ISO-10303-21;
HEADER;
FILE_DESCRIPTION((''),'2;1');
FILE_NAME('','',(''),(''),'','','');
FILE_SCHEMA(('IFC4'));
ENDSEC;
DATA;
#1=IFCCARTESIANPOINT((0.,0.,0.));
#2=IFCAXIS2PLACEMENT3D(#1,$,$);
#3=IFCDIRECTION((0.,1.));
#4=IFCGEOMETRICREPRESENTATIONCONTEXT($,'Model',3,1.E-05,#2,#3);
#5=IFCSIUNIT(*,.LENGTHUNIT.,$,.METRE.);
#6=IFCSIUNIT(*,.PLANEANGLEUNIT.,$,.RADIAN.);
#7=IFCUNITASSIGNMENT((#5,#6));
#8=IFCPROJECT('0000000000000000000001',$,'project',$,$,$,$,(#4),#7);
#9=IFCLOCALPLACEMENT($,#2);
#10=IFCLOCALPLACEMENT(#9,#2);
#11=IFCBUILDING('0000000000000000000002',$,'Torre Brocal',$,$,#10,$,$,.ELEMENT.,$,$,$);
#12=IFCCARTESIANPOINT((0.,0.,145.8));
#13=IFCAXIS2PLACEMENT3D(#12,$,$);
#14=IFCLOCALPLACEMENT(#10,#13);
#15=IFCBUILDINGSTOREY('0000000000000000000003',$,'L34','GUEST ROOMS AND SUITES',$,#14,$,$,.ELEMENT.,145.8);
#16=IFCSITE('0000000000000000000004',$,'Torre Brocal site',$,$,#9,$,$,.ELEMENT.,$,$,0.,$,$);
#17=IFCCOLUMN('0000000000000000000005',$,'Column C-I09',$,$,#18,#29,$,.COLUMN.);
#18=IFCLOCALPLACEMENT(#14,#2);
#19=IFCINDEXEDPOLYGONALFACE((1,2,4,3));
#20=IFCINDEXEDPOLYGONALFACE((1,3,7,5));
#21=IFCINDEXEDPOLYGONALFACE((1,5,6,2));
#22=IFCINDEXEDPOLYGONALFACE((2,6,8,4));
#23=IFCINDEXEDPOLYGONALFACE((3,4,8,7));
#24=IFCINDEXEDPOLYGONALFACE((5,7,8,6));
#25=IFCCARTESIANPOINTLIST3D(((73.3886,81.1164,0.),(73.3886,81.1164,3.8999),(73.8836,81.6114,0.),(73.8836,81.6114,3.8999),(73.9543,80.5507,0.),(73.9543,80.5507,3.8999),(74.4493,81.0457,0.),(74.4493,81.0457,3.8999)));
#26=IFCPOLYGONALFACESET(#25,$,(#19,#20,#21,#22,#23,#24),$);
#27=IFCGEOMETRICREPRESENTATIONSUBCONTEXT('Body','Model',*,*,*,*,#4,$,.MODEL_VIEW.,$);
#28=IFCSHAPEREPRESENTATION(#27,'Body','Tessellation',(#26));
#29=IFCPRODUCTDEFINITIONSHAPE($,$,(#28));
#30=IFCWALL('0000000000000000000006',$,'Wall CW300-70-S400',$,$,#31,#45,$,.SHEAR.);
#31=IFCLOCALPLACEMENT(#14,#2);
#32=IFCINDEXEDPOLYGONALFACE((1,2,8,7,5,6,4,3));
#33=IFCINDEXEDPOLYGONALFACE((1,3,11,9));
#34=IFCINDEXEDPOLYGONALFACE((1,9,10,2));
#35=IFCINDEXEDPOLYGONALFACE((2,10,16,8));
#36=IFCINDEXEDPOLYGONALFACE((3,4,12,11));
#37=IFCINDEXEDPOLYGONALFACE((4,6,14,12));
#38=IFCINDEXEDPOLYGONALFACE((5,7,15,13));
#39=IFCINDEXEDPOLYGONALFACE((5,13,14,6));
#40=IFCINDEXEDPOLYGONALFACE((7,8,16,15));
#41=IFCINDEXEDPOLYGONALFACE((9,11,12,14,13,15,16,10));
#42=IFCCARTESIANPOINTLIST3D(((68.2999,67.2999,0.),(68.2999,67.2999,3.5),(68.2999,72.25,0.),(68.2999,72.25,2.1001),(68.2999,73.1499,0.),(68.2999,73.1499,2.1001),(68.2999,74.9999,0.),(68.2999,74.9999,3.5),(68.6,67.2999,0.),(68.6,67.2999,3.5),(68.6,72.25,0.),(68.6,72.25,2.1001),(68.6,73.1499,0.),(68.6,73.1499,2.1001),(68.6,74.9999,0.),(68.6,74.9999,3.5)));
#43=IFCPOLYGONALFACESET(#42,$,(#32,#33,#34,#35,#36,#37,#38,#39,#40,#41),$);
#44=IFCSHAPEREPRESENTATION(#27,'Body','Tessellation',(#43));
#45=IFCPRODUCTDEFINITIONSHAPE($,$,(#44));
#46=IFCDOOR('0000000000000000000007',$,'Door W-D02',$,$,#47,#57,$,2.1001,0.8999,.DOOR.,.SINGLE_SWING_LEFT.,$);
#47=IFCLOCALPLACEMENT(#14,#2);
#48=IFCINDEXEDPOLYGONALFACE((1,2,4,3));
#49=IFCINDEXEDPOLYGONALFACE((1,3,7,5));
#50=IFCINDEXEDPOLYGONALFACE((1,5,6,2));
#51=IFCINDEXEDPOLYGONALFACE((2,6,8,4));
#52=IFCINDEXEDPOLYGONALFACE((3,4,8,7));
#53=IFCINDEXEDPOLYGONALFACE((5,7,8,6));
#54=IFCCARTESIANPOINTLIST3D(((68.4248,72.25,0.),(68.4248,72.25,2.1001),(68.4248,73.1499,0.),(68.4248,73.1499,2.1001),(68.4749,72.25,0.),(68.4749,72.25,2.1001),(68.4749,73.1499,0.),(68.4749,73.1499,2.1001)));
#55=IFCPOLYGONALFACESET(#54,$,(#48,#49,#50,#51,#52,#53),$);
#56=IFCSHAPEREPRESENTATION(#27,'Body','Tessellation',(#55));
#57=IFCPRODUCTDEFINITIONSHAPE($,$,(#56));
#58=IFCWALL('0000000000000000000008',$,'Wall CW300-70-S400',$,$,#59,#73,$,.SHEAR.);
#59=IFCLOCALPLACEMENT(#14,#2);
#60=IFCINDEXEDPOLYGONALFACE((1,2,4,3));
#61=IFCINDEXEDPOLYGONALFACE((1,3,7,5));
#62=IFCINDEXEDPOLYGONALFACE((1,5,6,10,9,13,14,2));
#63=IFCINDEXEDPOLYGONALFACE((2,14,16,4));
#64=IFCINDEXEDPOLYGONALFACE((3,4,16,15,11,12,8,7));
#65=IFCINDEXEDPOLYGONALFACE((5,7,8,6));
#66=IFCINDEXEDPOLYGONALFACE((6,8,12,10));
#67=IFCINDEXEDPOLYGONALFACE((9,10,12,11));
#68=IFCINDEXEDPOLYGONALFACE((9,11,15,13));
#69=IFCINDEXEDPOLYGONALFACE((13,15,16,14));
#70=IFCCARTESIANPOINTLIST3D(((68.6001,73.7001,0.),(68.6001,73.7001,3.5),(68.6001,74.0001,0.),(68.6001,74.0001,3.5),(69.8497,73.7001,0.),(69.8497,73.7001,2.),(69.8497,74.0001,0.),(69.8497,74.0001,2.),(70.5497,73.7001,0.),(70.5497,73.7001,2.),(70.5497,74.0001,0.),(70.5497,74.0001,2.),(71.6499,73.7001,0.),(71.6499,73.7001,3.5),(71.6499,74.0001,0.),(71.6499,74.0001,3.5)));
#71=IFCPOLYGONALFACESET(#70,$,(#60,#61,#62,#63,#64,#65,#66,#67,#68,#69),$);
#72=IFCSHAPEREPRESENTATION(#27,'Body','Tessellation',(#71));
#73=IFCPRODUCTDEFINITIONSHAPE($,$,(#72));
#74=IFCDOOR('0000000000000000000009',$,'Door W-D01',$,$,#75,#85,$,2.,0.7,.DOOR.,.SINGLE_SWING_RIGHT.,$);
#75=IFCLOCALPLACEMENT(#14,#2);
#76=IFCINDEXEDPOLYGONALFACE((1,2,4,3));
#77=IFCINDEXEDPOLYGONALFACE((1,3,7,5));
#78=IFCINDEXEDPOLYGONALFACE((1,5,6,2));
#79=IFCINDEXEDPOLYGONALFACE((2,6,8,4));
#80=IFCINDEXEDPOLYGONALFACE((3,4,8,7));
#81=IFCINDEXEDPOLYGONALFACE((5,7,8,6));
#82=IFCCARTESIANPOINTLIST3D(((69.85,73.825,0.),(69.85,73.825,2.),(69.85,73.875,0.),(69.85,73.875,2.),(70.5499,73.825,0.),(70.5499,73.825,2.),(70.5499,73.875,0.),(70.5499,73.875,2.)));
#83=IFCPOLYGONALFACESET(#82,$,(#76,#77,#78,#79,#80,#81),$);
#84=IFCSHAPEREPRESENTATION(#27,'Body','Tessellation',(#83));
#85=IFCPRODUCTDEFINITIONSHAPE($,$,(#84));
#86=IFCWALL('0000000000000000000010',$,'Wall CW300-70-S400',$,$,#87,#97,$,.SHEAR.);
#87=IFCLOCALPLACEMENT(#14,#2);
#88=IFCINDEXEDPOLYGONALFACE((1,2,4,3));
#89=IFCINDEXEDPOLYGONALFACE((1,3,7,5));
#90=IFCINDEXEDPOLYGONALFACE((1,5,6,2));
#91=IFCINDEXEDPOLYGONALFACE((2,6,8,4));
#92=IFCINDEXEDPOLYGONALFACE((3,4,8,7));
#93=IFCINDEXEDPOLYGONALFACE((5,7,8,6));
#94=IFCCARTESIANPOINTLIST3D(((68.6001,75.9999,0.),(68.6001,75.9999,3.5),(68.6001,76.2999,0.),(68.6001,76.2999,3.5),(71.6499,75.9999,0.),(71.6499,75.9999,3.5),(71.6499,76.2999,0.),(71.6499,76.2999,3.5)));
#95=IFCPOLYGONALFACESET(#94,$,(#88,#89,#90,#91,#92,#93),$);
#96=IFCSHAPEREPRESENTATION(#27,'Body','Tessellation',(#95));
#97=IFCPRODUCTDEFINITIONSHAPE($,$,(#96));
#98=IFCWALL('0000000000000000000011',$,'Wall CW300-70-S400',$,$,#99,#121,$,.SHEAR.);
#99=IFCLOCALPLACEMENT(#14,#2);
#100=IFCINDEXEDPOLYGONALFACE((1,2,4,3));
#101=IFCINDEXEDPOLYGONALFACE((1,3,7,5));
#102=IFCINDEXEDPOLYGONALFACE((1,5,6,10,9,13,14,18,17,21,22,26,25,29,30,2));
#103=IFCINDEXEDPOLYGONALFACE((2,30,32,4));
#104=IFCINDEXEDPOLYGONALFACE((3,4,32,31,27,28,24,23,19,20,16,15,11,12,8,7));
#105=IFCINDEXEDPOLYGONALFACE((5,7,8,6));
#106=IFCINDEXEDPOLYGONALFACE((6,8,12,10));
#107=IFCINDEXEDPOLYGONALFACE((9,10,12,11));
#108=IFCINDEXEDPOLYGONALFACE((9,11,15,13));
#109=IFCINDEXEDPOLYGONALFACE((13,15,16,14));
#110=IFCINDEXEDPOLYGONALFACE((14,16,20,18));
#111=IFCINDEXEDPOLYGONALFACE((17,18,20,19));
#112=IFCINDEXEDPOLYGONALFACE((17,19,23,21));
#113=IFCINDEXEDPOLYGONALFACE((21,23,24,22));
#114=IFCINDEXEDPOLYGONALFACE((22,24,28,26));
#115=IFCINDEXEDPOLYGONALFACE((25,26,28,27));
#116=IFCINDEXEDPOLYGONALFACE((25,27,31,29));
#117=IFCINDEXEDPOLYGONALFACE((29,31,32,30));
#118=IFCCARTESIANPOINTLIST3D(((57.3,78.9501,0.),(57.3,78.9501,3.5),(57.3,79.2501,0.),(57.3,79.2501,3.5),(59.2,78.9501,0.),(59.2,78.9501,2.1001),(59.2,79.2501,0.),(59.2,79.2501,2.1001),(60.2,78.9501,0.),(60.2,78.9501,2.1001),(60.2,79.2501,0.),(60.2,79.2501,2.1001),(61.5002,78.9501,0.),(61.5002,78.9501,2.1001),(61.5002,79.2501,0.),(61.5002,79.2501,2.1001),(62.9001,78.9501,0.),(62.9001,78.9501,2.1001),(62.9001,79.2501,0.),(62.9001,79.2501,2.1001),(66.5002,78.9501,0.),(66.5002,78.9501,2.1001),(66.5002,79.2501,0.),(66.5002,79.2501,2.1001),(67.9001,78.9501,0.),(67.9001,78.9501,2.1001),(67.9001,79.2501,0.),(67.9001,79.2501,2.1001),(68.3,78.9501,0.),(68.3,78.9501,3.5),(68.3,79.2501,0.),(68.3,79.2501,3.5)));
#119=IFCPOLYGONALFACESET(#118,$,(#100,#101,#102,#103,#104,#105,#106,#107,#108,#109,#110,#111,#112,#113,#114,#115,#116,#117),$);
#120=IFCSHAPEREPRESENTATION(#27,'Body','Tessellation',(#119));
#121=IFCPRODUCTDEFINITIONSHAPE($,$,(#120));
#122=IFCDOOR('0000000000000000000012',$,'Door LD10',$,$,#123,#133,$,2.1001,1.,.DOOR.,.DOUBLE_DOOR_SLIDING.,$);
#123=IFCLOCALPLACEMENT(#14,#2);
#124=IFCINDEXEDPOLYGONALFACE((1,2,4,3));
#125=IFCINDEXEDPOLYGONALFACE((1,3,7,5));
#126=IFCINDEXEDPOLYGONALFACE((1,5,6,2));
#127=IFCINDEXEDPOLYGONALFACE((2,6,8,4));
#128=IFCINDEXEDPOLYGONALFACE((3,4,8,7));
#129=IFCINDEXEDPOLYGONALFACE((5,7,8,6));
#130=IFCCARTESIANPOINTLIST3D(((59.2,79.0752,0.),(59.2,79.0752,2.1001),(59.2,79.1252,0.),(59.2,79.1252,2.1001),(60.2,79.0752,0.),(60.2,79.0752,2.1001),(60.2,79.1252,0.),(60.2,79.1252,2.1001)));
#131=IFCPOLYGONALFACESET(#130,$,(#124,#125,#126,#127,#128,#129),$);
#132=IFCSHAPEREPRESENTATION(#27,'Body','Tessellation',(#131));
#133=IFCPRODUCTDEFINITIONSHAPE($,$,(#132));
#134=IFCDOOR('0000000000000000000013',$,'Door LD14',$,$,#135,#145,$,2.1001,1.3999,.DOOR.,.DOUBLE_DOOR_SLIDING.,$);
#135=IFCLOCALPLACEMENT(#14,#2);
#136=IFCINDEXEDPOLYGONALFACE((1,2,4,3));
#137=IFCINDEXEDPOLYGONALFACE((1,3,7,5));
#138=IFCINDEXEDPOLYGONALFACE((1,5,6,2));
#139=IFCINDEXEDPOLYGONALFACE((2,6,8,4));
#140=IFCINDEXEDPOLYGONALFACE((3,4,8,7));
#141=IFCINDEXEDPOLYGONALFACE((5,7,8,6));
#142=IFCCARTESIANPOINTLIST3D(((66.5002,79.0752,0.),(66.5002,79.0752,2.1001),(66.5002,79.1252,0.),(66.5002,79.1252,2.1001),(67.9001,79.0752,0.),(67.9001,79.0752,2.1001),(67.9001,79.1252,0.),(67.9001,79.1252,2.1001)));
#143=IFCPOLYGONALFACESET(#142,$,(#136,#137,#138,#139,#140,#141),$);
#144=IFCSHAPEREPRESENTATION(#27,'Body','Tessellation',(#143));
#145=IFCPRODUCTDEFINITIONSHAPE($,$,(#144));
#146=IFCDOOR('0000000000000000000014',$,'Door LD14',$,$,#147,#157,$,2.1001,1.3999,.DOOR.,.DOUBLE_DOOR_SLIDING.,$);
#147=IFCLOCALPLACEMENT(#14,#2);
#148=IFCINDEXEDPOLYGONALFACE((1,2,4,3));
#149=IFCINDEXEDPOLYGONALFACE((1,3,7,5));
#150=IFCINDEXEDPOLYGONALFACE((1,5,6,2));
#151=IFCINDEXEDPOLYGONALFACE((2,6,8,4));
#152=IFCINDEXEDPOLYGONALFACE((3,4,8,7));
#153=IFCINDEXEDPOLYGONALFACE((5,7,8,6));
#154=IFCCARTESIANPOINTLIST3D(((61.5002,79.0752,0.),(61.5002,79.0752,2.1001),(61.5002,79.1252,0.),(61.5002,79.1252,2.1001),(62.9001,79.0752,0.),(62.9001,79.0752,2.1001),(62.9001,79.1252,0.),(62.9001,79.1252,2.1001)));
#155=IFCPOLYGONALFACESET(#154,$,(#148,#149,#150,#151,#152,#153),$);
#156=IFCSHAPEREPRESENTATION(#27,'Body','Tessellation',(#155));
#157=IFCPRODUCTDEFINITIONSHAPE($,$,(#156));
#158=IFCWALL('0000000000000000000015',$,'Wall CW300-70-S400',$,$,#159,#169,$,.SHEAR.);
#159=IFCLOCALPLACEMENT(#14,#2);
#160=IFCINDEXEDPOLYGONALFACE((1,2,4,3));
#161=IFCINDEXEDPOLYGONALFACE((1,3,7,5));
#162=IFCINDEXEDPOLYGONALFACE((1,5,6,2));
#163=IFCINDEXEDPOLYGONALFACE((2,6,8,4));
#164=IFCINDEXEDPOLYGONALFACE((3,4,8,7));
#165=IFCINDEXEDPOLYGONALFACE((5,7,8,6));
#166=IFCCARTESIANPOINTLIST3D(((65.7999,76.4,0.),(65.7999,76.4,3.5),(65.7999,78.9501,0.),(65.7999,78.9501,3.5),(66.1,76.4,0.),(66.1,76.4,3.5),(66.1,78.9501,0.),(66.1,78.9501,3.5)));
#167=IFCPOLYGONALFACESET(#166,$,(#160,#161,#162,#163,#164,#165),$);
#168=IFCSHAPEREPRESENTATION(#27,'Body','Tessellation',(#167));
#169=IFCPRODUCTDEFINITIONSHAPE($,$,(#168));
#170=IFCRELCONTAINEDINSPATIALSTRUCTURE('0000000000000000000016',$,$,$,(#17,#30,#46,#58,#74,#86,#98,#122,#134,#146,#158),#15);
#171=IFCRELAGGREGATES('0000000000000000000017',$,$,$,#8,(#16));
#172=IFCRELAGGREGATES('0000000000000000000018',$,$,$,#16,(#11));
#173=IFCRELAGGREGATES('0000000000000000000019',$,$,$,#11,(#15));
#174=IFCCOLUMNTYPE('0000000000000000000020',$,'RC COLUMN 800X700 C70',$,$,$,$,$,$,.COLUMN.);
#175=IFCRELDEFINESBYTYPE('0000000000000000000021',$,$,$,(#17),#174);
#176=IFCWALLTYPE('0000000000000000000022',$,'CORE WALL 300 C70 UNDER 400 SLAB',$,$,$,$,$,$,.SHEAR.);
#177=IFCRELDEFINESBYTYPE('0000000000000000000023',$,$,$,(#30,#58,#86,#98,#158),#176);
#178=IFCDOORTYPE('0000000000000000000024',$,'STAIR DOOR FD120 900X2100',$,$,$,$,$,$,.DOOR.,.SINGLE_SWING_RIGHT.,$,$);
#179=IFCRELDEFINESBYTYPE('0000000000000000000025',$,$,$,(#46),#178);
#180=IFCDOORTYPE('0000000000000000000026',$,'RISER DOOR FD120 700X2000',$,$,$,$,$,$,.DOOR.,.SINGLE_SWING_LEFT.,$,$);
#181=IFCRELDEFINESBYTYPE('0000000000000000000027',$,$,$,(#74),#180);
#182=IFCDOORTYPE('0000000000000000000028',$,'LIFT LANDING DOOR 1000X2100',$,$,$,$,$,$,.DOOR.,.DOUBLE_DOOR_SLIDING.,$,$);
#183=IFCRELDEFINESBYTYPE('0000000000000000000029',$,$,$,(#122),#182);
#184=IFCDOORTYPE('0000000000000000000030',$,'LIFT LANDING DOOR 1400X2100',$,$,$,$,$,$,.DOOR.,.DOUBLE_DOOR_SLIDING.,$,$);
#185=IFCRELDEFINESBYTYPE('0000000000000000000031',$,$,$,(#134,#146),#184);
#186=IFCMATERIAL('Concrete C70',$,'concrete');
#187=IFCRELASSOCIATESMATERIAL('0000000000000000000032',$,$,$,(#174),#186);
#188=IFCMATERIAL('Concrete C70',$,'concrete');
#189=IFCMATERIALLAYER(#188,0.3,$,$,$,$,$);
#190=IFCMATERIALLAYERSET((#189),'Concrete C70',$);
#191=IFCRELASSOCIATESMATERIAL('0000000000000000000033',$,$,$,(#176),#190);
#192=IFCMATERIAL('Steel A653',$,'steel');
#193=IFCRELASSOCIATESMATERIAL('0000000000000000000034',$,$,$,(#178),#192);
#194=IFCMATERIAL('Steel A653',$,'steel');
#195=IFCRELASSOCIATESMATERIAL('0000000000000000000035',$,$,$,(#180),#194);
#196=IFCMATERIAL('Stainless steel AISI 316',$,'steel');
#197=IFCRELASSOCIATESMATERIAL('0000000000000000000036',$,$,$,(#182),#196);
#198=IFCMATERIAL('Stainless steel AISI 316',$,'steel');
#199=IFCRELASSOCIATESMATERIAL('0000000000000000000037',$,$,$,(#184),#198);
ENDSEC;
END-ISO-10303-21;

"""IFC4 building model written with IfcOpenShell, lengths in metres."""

from ifc_helpers import new_model, si_unit, direction, frame, frame_2d, origin, origin_2d, place, context, subcontext, project, spatial, rectangle, extrude, material, layer, layer_set, material_profile, profile_set, type_object, element, fill, save


model = new_model("IFC4")

# Units and contexts
model_context = context("Model", 3, precision=1e-05, world=origin(), true_north=direction((0.0, 1.0)))
body_context = subcontext(model_context, "Body", "Model", "MODEL_VIEW")
ifc_project = project(units=[si_unit("LENGTHUNIT", "METRE"), si_unit("PLANEANGLEUNIT", "RADIAN")], contexts=[model_context])

# Site, building, storey
site_placement = place(None, origin())
site = spatial("IfcSite", under=ifc_project, at=site_placement, Name="Torre Brocal site", CompositionType="ELEMENT", RefElevation=0.0)
building_placement = place(site_placement, origin())
building = spatial("IfcBuilding", under=site, at=building_placement, Name="Torre Brocal", CompositionType="ELEMENT")
storey_placement = place(building_placement, frame((0.0, 0.0, 145.8)))
storey = spatial("IfcBuildingStorey", under=building, at=storey_placement, Name="L34", Description="GUEST ROOMS AND SUITES", CompositionType="ELEMENT", Elevation=145.8)

# Column
ifc_material_1 = material(Name="Concrete C70", Category="concrete")
ifc_material_profile = material_profile(ifc_material_1, rectangle(XDim=0.8, YDim=0.7, at=origin_2d()), Name="RC 800X700")
ifc_profile_set = profile_set([ifc_material_profile], Name="Concrete C70")
column_type = type_object("IfcColumnType", Name="RC COLUMN 800X700 C70", PredefinedType="COLUMN", material=ifc_profile_set)
column_placement = place(storey_placement, frame((73.9189, 81.0811, 0.0), z_axis=(0.0, 0.0, 1.0), x_axis=(-0.707107, 0.707107, 0.0)))
element("IfcColumn", 1, at=column_placement, inside=storey, type_object=column_type, Name="Column C-I09", PredefinedType="COLUMN", context=body_context, shape_type="SweptSolid", body=[
    extrude(rectangle(XDim=0.8, YDim=0.7, at=origin_2d()), origin(), (0.0, 0.0, 1.0), 3.8999),
])

# Walls, openings, doors
ifc_material_2 = material(Name="Concrete C70", Category="concrete")
ifc_layer_1 = layer(ifc_material_2, 0.3)
ifc_layer_set_1 = layer_set([ifc_layer_1], Name="Concrete C70")
wall_type_1 = type_object("IfcWallType", Name="CORE WALL 300 C70 UNDER 400 SLAB", PredefinedType="SHEAR", material=ifc_layer_set_1)
wall_1_placement = place(storey_placement, frame((68.45, 75.0, 0.0), z_axis=(0.0, 0.0, 1.0), x_axis=(0.0, -1.0, 0.0)))
wall_1 = element("IfcWall", 2, at=wall_1_placement, inside=storey, type_object=wall_type_1, Name="Wall CW300-70-S400", PredefinedType="SHEAR", context=body_context, shape_type="SweptSolid", body=[
    extrude(rectangle(XDim=7.7, YDim=0.3, at=frame_2d((3.8501, 0.0))), origin(), (0.0, 0.0, 1.0), 3.5),
])
opening_1_placement = place(wall_1_placement, frame((1.8501, 0.0, 0.0)))
opening_1 = element("IfcOpeningElement", 3, at=opening_1_placement, cuts=wall_1, PredefinedType="OPENING", context=body_context, shape_type="SweptSolid", body=[
    extrude(rectangle(XDim=0.8999, YDim=2.1001, at=frame_2d((0.45, 1.05))), frame((0.0, 0.1599, 0.0), z_axis=(0.0, -1.0, 0.0), x_axis=(1.0, 0.0, 0.0)), (0.0, 0.0, 1.0), 0.3201),
])
ifc_material_3 = material(Name="Steel A653", Category="steel")
door_type_1 = type_object("IfcDoorType", Name="STAIR DOOR FD120 900X2100", OperationType="SINGLE_SWING_RIGHT", PredefinedType="DOOR", material=ifc_material_3)
door_1_placement = place(opening_1_placement, origin())
door_1 = element("IfcDoor", 4, at=door_1_placement, inside=storey, type_object=door_type_1, Name="Door W-D02", OperationType="SINGLE_SWING_LEFT", OverallHeight=2.1001, OverallWidth=0.8999, PredefinedType="DOOR", context=body_context, shape_type="SweptSolid", body=[
    extrude(rectangle(XDim=0.8999, YDim=2.1001, at=frame_2d((0.45, 1.05))), frame((0.0, 0.0249, 0.0), z_axis=(0.0, -1.0, 0.0), x_axis=(1.0, 0.0, 0.0)), (0.0, 0.0, 1.0), 0.05),
])
fill(opening_1, door_1)
wall_2_placement = place(storey_placement, frame((71.6499, 73.8501, 0.0), z_axis=(0.0, 0.0, 1.0), x_axis=(-1.0, 0.0, 0.0)))
wall_2 = element("IfcWall", 5, at=wall_2_placement, inside=storey, type_object=wall_type_1, Name="Wall CW300-70-S400", PredefinedType="SHEAR", context=body_context, shape_type="SweptSolid", body=[
    extrude(rectangle(XDim=3.0498, YDim=0.3, at=frame_2d((1.5249, 0.0))), origin(), (0.0, 0.0, 1.0), 3.5),
])
opening_2_placement = place(wall_2_placement, frame((1.1001, 0.0, 0.0)))
opening_2 = element("IfcOpeningElement", 6, at=opening_2_placement, cuts=wall_2, PredefinedType="OPENING", context=body_context, shape_type="SweptSolid", body=[
    extrude(rectangle(XDim=0.7, YDim=2.0, at=frame_2d((0.3501, 1.0))), frame((0.0, 0.1599, 0.0), z_axis=(0.0, -1.0, 0.0), x_axis=(1.0, 0.0, 0.0)), (0.0, 0.0, 1.0), 0.3201),
])
ifc_material_4 = material(Name="Steel A653", Category="steel")
door_type_2 = type_object("IfcDoorType", Name="RISER DOOR FD120 700X2000", OperationType="SINGLE_SWING_LEFT", PredefinedType="DOOR", material=ifc_material_4)
door_2_placement = place(opening_2_placement, frame((0.7, 0.0, 0.0), z_axis=(0.0, 0.0, 1.0), x_axis=(-1.0, 0.0, 0.0)))
door_2 = element("IfcDoor", 7, at=door_2_placement, inside=storey, type_object=door_type_2, Name="Door W-D01", OperationType="SINGLE_SWING_RIGHT", OverallHeight=2.0, OverallWidth=0.7, PredefinedType="DOOR", context=body_context, shape_type="SweptSolid", body=[
    extrude(rectangle(XDim=0.7, YDim=2.0, at=frame_2d((0.3501, 1.0))), frame((0.0, 0.0249, 0.0), z_axis=(0.0, -1.0, 0.0), x_axis=(1.0, 0.0, 0.0)), (0.0, 0.0, 1.0), 0.05),
])
fill(opening_2, door_2)

# Wall
wall_3_placement = place(storey_placement, frame((71.6499, 76.1499, 0.0), z_axis=(0.0, 0.0, 1.0), x_axis=(-1.0, 0.0, 0.0)))
element("IfcWall", 8, at=wall_3_placement, inside=storey, type_object=wall_type_1, Name="Wall CW300-70-S400", PredefinedType="SHEAR", context=body_context, shape_type="SweptSolid", body=[
    extrude(rectangle(XDim=3.0498, YDim=0.3, at=frame_2d((1.5249, 0.0))), origin(), (0.0, 0.0, 1.0), 3.5),
])

# Wall, openings, doors
wall_4_placement = place(storey_placement, frame((68.3, 79.1001, 0.0), z_axis=(0.0, 0.0, 1.0), x_axis=(-1.0, 0.0, 0.0)))
wall_4 = element("IfcWall", 9, at=wall_4_placement, inside=storey, type_object=wall_type_1, Name="Wall CW300-70-S400", PredefinedType="SHEAR", context=body_context, shape_type="SweptSolid", body=[
    extrude(rectangle(XDim=11.0, YDim=0.3, at=frame_2d((5.5, 0.0))), origin(), (0.0, 0.0, 1.0), 3.5),
])
opening_3_placement = place(wall_4_placement, frame((0.3999, 0.0, 0.0)))
opening_3 = element("IfcOpeningElement", 10, at=opening_3_placement, cuts=wall_4, PredefinedType="OPENING", context=body_context, shape_type="SweptSolid", body=[
    extrude(rectangle(XDim=1.3999, YDim=2.1001, at=frame_2d((0.7, 1.05))), frame((0.0, 0.1599, 0.0), z_axis=(0.0, -1.0, 0.0), x_axis=(1.0, 0.0, 0.0)), (0.0, 0.0, 1.0), 0.3201),
])
opening_4_placement = place(wall_4_placement, frame((5.3999, 0.0, 0.0)))
opening_4 = element("IfcOpeningElement", 11, at=opening_4_placement, cuts=wall_4, PredefinedType="OPENING", context=body_context, shape_type="SweptSolid", body=[
    extrude(rectangle(XDim=1.3999, YDim=2.1001, at=frame_2d((0.7, 1.05))), frame((0.0, 0.1599, 0.0), z_axis=(0.0, -1.0, 0.0), x_axis=(1.0, 0.0, 0.0)), (0.0, 0.0, 1.0), 0.3201),
])
opening_5_placement = place(wall_4_placement, frame((8.1001, 0.0, 0.0)))
opening_5 = element("IfcOpeningElement", 12, at=opening_5_placement, cuts=wall_4, PredefinedType="OPENING", context=body_context, shape_type="SweptSolid", body=[
    extrude(rectangle(XDim=1.0, YDim=2.1001, at=frame_2d((0.5, 1.05))), frame((0.0, 0.1599, 0.0), z_axis=(0.0, -1.0, 0.0), x_axis=(1.0, 0.0, 0.0)), (0.0, 0.0, 1.0), 0.3201),
])
ifc_material_5 = material(Name="Stainless steel AISI 316", Category="steel")
door_type_3 = type_object("IfcDoorType", Name="LIFT LANDING DOOR 1000X2100", OperationType="DOUBLE_DOOR_SLIDING", PredefinedType="DOOR", material=ifc_material_5)
door_3_placement = place(opening_5_placement, origin())
door_3 = element("IfcDoor", 13, at=door_3_placement, inside=storey, type_object=door_type_3, Name="Door LD10", OperationType="DOUBLE_DOOR_SLIDING", OverallHeight=2.1001, OverallWidth=1.0, PredefinedType="DOOR", context=body_context, shape_type="SweptSolid", body=[
    extrude(rectangle(XDim=1.0, YDim=2.1001, at=frame_2d((0.5, 1.05))), frame((0.0, 0.0249, 0.0), z_axis=(0.0, -1.0, 0.0), x_axis=(1.0, 0.0, 0.0)), (0.0, 0.0, 1.0), 0.05),
])
fill(opening_5, door_3)
ifc_material_6 = material(Name="Stainless steel AISI 316", Category="steel")
door_type_4 = type_object("IfcDoorType", Name="LIFT LANDING DOOR 1400X2100", OperationType="DOUBLE_DOOR_SLIDING", PredefinedType="DOOR", material=ifc_material_6)
door_4_placement = place(opening_3_placement, origin())
door_4 = element("IfcDoor", 14, at=door_4_placement, inside=storey, type_object=door_type_4, Name="Door LD14", OperationType="DOUBLE_DOOR_SLIDING", OverallHeight=2.1001, OverallWidth=1.3999, PredefinedType="DOOR", context=body_context, shape_type="SweptSolid", body=[
    extrude(rectangle(XDim=1.3999, YDim=2.1001, at=frame_2d((0.7, 1.05))), frame((0.0, 0.0249, 0.0), z_axis=(0.0, -1.0, 0.0), x_axis=(1.0, 0.0, 0.0)), (0.0, 0.0, 1.0), 0.05),
])
fill(opening_3, door_4)
door_5_placement = place(opening_4_placement, origin())
door_5 = element("IfcDoor", 15, at=door_5_placement, inside=storey, type_object=door_type_4, Name="Door LD14", OperationType="DOUBLE_DOOR_SLIDING", OverallHeight=2.1001, OverallWidth=1.3999, PredefinedType="DOOR", context=body_context, shape_type="SweptSolid", body=[
    extrude(rectangle(XDim=1.3999, YDim=2.1001, at=frame_2d((0.7, 1.05))), frame((0.0, 0.0249, 0.0), z_axis=(0.0, -1.0, 0.0), x_axis=(1.0, 0.0, 0.0)), (0.0, 0.0, 1.0), 0.05),
])
fill(opening_4, door_5)

# Wall
wall_5_placement = place(storey_placement, frame((65.95, 78.95, 0.0), z_axis=(0.0, 0.0, 1.0), x_axis=(0.0, -1.0, 0.0)))
element("IfcWall", 16, at=wall_5_placement, inside=storey, type_object=wall_type_1, Name="Wall CW300-70-S400", PredefinedType="SHEAR", context=body_context, shape_type="SweptSolid", body=[
    extrude(rectangle(XDim=2.55, YDim=0.3, at=frame_2d((1.2749, 0.0))), origin(), (0.0, 0.0, 1.0), 3.5),
])

save(model, "model.ifc")
